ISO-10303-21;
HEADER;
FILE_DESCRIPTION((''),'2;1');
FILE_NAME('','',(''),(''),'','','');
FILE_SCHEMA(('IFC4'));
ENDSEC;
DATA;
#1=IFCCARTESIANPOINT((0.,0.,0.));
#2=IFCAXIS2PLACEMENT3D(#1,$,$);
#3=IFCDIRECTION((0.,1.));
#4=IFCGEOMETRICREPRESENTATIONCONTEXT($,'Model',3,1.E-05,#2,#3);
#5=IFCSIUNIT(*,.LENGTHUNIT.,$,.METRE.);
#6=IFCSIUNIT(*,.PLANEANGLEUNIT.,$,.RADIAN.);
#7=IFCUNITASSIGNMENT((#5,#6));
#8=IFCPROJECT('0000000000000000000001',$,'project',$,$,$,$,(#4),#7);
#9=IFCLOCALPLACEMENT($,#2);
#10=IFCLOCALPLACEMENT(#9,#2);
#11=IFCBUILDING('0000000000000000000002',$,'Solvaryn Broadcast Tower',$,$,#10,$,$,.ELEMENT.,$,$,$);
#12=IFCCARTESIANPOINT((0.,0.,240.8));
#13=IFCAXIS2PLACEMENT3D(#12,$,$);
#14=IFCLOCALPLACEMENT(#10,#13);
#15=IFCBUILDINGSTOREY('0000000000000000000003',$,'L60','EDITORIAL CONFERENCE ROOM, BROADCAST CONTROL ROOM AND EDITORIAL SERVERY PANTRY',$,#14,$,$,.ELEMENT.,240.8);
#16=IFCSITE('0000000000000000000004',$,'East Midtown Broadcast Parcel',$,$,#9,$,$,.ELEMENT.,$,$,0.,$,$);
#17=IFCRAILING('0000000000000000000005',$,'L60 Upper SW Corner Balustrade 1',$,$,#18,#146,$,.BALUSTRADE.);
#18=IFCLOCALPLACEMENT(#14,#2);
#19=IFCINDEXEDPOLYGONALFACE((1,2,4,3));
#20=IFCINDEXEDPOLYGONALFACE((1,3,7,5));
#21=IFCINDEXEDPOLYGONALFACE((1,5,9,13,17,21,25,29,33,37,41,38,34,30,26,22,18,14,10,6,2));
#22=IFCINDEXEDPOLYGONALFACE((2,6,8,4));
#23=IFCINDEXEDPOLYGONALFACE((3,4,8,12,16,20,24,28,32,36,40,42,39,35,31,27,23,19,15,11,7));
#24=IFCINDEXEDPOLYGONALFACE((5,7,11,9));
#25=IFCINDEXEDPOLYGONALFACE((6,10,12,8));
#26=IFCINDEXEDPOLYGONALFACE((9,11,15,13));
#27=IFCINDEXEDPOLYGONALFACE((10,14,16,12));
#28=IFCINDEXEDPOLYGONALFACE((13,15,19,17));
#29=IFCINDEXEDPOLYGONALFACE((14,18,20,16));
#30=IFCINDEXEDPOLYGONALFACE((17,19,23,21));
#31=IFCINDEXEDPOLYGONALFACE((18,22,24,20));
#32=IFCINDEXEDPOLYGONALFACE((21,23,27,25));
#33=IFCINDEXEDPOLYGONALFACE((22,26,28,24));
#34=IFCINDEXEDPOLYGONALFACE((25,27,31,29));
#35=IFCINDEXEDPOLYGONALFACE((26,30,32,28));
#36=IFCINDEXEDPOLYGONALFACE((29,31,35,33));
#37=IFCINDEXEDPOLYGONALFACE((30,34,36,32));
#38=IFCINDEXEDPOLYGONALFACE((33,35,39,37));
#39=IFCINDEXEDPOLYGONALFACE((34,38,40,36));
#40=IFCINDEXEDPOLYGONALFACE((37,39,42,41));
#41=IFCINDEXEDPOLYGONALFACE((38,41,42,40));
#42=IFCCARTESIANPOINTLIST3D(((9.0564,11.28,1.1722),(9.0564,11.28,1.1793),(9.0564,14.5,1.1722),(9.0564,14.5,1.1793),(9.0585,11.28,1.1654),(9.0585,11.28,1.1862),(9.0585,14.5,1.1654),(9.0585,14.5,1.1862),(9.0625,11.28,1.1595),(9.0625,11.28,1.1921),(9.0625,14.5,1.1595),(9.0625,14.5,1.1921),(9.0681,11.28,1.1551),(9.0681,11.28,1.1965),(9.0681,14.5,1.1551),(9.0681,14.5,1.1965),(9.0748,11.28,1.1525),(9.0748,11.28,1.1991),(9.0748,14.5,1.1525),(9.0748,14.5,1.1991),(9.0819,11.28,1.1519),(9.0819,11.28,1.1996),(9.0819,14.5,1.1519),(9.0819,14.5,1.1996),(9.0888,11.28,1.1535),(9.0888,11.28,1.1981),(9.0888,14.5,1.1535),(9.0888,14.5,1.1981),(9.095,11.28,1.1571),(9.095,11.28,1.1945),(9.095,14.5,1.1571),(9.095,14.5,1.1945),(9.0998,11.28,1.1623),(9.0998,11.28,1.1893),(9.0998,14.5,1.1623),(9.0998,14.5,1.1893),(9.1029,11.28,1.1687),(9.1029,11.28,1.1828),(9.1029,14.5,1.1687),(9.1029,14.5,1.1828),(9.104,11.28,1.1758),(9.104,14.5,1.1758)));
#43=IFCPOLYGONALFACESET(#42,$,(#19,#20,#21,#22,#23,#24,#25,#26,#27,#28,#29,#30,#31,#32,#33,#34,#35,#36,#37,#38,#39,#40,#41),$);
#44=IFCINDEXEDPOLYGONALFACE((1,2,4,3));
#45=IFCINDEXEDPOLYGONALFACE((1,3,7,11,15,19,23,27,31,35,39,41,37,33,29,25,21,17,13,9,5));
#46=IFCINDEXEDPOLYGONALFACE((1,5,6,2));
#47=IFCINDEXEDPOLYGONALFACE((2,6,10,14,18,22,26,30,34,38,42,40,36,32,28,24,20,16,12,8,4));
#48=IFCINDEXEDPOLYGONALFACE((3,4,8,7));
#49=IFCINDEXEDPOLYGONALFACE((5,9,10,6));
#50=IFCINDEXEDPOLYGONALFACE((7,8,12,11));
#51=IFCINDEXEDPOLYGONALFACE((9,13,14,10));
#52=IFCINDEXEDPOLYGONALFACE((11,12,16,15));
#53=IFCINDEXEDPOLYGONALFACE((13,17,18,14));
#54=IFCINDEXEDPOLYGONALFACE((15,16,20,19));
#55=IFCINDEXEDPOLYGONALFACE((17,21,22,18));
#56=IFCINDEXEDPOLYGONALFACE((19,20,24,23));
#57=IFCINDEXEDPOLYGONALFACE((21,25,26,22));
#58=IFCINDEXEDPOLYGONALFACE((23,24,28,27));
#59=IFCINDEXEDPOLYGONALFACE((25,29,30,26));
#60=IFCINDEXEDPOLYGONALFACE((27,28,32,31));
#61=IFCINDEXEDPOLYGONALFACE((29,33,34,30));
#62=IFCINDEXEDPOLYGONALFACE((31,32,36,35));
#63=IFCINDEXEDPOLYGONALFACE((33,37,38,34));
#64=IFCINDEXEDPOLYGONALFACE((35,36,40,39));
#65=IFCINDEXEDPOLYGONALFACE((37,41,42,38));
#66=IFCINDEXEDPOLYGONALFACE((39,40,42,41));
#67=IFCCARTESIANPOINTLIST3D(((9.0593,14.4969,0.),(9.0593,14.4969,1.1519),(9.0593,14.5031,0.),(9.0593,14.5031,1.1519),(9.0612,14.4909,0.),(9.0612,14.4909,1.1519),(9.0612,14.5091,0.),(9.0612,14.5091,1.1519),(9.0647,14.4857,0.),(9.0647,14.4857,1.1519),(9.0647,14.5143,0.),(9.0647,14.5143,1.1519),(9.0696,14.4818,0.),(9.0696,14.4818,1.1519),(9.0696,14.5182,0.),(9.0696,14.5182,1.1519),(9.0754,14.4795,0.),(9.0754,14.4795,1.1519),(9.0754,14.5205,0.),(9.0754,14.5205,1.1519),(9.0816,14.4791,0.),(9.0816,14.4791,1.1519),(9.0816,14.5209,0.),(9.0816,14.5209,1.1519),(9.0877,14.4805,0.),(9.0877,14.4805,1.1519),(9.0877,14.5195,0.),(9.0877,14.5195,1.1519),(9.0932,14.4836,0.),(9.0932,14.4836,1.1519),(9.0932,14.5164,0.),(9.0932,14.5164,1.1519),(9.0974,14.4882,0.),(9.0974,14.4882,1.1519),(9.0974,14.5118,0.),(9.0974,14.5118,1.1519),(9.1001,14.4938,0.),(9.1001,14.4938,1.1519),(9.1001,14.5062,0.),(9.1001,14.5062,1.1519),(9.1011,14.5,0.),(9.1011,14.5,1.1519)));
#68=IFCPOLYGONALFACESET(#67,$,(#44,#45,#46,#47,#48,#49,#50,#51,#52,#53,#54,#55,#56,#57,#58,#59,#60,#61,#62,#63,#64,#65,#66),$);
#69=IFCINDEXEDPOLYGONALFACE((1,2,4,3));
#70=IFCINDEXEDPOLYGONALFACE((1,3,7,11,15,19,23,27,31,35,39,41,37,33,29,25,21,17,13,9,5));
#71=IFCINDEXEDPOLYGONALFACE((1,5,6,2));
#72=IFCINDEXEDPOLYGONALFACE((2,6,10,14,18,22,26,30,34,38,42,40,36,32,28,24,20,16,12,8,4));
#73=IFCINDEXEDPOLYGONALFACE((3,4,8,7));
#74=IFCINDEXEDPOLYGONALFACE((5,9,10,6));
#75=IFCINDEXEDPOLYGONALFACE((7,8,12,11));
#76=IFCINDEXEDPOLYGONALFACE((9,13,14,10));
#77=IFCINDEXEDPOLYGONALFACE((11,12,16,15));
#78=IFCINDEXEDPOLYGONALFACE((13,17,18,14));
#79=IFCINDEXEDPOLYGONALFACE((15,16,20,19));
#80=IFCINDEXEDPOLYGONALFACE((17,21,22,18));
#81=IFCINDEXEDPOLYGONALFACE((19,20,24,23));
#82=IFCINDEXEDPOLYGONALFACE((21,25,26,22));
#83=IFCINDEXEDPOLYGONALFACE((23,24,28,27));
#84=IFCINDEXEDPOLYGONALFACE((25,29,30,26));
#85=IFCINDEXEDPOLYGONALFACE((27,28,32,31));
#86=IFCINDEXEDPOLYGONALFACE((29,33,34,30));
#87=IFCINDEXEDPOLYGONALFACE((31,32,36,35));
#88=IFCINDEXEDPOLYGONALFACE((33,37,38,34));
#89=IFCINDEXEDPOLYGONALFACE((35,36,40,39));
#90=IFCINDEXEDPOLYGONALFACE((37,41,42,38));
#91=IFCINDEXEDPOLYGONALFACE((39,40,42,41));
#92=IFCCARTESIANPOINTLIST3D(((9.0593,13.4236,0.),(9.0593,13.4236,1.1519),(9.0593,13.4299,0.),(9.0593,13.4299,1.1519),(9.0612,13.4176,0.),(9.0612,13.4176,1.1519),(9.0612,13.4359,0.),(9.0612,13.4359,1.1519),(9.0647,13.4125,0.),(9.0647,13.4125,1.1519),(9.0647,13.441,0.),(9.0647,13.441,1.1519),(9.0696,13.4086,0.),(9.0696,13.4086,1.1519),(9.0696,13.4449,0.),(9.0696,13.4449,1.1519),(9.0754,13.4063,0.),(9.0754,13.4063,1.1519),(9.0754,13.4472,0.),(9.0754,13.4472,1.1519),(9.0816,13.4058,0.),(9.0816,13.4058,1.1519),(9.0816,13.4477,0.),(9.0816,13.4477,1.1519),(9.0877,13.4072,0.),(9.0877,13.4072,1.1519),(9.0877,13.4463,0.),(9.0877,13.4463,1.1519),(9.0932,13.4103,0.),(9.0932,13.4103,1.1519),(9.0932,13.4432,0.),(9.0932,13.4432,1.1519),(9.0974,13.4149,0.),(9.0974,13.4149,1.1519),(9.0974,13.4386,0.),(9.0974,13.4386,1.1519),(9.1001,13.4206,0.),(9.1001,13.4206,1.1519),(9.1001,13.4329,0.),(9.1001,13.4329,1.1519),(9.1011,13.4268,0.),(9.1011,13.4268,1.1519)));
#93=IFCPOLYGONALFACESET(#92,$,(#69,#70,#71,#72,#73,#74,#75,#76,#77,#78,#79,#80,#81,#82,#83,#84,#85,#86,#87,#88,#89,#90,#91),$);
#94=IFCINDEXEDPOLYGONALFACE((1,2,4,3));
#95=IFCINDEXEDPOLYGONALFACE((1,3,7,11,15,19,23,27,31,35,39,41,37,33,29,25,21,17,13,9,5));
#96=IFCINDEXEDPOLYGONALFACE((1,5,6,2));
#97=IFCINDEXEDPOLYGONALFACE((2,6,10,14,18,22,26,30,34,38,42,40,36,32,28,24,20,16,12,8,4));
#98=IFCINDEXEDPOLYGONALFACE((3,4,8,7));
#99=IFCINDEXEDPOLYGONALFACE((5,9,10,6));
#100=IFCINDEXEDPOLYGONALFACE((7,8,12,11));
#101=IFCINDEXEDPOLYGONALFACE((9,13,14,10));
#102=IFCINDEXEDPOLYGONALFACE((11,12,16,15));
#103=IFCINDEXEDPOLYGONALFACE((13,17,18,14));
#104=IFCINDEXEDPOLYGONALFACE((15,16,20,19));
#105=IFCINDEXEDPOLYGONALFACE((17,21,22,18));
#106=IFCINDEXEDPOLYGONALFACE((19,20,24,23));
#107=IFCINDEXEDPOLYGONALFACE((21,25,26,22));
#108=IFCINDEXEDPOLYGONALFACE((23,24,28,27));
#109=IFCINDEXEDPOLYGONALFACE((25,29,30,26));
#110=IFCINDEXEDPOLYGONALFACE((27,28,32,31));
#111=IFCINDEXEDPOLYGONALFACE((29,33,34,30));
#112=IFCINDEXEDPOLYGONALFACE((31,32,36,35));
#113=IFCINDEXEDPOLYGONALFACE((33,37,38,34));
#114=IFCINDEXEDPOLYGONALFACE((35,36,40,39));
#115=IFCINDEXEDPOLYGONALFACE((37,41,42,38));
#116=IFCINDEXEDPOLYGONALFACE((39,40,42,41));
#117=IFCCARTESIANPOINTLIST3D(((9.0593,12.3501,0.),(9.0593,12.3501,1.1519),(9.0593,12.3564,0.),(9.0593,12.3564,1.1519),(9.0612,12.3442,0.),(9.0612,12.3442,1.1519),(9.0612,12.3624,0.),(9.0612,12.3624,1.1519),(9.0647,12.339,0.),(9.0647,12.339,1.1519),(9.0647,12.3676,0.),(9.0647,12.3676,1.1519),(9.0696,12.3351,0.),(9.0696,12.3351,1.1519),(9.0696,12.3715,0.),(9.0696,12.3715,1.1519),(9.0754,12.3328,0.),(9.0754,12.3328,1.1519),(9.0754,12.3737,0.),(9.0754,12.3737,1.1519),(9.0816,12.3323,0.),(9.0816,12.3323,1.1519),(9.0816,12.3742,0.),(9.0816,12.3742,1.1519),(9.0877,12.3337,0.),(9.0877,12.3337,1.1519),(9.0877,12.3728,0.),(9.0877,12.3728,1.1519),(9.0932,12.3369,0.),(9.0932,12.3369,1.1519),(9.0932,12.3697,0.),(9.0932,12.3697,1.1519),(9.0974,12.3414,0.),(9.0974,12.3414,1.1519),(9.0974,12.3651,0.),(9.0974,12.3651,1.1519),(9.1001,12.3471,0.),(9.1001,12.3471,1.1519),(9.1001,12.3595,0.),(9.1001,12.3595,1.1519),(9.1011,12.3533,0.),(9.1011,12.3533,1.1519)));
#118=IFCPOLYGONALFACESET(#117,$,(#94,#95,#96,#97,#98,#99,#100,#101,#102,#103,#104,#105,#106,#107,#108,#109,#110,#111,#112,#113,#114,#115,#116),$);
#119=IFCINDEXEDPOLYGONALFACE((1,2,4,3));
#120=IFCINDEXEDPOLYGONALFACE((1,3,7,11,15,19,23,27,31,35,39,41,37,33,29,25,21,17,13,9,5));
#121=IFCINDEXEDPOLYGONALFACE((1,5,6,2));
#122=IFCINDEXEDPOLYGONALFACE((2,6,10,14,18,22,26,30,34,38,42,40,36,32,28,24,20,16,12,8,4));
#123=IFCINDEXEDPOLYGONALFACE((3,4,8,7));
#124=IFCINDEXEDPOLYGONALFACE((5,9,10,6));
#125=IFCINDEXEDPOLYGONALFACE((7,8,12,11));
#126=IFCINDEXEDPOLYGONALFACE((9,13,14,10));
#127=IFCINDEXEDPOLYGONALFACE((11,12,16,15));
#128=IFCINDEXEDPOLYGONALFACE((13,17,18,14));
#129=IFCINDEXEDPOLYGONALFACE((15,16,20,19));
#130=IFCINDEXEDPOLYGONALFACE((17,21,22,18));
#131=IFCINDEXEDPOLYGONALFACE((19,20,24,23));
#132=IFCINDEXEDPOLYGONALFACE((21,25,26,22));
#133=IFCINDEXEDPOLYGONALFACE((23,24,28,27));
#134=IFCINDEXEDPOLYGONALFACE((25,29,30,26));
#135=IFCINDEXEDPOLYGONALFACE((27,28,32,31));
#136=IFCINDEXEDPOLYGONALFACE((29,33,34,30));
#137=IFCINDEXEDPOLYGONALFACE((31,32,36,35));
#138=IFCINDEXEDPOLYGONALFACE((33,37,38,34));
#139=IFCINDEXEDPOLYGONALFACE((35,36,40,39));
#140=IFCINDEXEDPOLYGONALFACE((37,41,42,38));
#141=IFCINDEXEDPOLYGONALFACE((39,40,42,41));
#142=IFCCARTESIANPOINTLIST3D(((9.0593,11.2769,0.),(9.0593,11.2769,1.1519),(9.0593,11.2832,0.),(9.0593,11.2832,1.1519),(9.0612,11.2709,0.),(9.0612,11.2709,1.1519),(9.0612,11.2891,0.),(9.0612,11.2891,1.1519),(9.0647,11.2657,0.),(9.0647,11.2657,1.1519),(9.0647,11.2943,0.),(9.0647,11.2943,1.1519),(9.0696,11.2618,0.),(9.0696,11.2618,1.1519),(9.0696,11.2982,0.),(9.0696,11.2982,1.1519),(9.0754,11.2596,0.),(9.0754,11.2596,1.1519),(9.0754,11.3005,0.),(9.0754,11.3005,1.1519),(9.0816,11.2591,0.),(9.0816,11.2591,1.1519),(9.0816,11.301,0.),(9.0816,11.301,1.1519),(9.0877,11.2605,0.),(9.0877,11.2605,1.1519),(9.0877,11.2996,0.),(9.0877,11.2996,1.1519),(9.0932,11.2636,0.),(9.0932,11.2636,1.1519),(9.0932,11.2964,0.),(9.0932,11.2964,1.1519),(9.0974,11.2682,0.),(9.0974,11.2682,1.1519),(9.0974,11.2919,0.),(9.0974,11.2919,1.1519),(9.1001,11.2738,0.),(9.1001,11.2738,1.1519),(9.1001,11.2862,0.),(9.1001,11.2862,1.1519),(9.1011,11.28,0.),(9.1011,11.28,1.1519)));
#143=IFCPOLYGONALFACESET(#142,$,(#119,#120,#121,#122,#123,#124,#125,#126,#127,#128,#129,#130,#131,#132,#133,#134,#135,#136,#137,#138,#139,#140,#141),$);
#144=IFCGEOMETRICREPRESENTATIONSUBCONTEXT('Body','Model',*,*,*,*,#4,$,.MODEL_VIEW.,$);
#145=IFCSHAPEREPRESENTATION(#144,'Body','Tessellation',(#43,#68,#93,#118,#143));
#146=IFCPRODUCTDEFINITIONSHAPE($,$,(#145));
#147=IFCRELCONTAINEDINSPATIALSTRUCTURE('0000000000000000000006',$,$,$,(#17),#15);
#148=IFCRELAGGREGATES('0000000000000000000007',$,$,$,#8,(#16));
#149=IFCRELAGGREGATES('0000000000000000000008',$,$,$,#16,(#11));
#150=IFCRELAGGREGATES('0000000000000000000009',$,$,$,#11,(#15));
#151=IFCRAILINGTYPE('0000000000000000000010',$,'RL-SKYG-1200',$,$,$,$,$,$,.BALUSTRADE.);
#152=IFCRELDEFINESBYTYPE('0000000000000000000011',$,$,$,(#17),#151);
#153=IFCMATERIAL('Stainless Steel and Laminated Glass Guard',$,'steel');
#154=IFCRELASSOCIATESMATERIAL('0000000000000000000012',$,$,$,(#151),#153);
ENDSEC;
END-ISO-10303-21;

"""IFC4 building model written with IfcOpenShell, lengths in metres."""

from ifc_helpers import new_model, si_unit, direction, frame, origin, origin_2d, place, context, subcontext, project, spatial, circle, extrude, material, type_object, element, save


model = new_model("IFC4")

# Units and contexts
model_context = context("Model", 3, precision=1e-05, world=origin(), true_north=direction((0.0, 1.0)))
body_context = subcontext(model_context, "Body", "Model", "MODEL_VIEW")
ifc_project = project(units=[si_unit("LENGTHUNIT", "METRE"), si_unit("PLANEANGLEUNIT", "RADIAN")], contexts=[model_context])

# Site, building, storey
site_placement = place(None, origin())
site = spatial("IfcSite", under=ifc_project, at=site_placement, Name="East Midtown Broadcast Parcel", CompositionType="ELEMENT", RefElevation=0.0)
building_placement = place(site_placement, origin())
building = spatial("IfcBuilding", under=site, at=building_placement, Name="Solvaryn Broadcast Tower", CompositionType="ELEMENT")
storey_placement = place(building_placement, frame((0.0, 0.0, 240.8)))
storey = spatial("IfcBuildingStorey", under=building, at=storey_placement, Name="L60", Description="EDITORIAL CONFERENCE ROOM, BROADCAST CONTROL ROOM AND EDITORIAL SERVERY PANTRY", CompositionType="ELEMENT", Elevation=240.8)

# Railing
ifc_material_1 = material(Name="Stainless Steel and Laminated Glass Guard", Category="steel")
railing_type = type_object("IfcRailingType", Name="RL-SKYG-1200", PredefinedType="BALUSTRADE", material=ifc_material_1)
railing_placement = place(storey_placement, frame((9.0801, 14.5, 0.0)))
element("IfcRailing", 1, at=railing_placement, inside=storey, type_object=railing_type, Name="L60 Upper SW Corner Balustrade 1", PredefinedType="BALUSTRADE", context=body_context, shape_type="SweptSolid", body=[
    extrude(circle(Radius=0.0239, at=origin_2d()), frame((0.0, 0.0, 1.1758), z_axis=(0.0, -1.0, 0.0), x_axis=(1.0, 0.0, 0.0)), (0.0, 0.0, 1.0), 3.22),
    extrude(circle(Radius=0.021, at=origin_2d()), origin(), (0.0, 0.0, 1.0), 1.1519),
    extrude(circle(Radius=0.021, at=origin_2d()), frame((0.0, -1.0732, 0.0)), (0.0, 0.0, 1.0), 1.1519),
    extrude(circle(Radius=0.021, at=origin_2d()), frame((0.0, -2.1467, 0.0)), (0.0, 0.0, 1.0), 1.1519),
    extrude(circle(Radius=0.021, at=origin_2d()), frame((0.0, -3.22, 0.0)), (0.0, 0.0, 1.0), 1.1519),
])

save(model, "model.ifc")
